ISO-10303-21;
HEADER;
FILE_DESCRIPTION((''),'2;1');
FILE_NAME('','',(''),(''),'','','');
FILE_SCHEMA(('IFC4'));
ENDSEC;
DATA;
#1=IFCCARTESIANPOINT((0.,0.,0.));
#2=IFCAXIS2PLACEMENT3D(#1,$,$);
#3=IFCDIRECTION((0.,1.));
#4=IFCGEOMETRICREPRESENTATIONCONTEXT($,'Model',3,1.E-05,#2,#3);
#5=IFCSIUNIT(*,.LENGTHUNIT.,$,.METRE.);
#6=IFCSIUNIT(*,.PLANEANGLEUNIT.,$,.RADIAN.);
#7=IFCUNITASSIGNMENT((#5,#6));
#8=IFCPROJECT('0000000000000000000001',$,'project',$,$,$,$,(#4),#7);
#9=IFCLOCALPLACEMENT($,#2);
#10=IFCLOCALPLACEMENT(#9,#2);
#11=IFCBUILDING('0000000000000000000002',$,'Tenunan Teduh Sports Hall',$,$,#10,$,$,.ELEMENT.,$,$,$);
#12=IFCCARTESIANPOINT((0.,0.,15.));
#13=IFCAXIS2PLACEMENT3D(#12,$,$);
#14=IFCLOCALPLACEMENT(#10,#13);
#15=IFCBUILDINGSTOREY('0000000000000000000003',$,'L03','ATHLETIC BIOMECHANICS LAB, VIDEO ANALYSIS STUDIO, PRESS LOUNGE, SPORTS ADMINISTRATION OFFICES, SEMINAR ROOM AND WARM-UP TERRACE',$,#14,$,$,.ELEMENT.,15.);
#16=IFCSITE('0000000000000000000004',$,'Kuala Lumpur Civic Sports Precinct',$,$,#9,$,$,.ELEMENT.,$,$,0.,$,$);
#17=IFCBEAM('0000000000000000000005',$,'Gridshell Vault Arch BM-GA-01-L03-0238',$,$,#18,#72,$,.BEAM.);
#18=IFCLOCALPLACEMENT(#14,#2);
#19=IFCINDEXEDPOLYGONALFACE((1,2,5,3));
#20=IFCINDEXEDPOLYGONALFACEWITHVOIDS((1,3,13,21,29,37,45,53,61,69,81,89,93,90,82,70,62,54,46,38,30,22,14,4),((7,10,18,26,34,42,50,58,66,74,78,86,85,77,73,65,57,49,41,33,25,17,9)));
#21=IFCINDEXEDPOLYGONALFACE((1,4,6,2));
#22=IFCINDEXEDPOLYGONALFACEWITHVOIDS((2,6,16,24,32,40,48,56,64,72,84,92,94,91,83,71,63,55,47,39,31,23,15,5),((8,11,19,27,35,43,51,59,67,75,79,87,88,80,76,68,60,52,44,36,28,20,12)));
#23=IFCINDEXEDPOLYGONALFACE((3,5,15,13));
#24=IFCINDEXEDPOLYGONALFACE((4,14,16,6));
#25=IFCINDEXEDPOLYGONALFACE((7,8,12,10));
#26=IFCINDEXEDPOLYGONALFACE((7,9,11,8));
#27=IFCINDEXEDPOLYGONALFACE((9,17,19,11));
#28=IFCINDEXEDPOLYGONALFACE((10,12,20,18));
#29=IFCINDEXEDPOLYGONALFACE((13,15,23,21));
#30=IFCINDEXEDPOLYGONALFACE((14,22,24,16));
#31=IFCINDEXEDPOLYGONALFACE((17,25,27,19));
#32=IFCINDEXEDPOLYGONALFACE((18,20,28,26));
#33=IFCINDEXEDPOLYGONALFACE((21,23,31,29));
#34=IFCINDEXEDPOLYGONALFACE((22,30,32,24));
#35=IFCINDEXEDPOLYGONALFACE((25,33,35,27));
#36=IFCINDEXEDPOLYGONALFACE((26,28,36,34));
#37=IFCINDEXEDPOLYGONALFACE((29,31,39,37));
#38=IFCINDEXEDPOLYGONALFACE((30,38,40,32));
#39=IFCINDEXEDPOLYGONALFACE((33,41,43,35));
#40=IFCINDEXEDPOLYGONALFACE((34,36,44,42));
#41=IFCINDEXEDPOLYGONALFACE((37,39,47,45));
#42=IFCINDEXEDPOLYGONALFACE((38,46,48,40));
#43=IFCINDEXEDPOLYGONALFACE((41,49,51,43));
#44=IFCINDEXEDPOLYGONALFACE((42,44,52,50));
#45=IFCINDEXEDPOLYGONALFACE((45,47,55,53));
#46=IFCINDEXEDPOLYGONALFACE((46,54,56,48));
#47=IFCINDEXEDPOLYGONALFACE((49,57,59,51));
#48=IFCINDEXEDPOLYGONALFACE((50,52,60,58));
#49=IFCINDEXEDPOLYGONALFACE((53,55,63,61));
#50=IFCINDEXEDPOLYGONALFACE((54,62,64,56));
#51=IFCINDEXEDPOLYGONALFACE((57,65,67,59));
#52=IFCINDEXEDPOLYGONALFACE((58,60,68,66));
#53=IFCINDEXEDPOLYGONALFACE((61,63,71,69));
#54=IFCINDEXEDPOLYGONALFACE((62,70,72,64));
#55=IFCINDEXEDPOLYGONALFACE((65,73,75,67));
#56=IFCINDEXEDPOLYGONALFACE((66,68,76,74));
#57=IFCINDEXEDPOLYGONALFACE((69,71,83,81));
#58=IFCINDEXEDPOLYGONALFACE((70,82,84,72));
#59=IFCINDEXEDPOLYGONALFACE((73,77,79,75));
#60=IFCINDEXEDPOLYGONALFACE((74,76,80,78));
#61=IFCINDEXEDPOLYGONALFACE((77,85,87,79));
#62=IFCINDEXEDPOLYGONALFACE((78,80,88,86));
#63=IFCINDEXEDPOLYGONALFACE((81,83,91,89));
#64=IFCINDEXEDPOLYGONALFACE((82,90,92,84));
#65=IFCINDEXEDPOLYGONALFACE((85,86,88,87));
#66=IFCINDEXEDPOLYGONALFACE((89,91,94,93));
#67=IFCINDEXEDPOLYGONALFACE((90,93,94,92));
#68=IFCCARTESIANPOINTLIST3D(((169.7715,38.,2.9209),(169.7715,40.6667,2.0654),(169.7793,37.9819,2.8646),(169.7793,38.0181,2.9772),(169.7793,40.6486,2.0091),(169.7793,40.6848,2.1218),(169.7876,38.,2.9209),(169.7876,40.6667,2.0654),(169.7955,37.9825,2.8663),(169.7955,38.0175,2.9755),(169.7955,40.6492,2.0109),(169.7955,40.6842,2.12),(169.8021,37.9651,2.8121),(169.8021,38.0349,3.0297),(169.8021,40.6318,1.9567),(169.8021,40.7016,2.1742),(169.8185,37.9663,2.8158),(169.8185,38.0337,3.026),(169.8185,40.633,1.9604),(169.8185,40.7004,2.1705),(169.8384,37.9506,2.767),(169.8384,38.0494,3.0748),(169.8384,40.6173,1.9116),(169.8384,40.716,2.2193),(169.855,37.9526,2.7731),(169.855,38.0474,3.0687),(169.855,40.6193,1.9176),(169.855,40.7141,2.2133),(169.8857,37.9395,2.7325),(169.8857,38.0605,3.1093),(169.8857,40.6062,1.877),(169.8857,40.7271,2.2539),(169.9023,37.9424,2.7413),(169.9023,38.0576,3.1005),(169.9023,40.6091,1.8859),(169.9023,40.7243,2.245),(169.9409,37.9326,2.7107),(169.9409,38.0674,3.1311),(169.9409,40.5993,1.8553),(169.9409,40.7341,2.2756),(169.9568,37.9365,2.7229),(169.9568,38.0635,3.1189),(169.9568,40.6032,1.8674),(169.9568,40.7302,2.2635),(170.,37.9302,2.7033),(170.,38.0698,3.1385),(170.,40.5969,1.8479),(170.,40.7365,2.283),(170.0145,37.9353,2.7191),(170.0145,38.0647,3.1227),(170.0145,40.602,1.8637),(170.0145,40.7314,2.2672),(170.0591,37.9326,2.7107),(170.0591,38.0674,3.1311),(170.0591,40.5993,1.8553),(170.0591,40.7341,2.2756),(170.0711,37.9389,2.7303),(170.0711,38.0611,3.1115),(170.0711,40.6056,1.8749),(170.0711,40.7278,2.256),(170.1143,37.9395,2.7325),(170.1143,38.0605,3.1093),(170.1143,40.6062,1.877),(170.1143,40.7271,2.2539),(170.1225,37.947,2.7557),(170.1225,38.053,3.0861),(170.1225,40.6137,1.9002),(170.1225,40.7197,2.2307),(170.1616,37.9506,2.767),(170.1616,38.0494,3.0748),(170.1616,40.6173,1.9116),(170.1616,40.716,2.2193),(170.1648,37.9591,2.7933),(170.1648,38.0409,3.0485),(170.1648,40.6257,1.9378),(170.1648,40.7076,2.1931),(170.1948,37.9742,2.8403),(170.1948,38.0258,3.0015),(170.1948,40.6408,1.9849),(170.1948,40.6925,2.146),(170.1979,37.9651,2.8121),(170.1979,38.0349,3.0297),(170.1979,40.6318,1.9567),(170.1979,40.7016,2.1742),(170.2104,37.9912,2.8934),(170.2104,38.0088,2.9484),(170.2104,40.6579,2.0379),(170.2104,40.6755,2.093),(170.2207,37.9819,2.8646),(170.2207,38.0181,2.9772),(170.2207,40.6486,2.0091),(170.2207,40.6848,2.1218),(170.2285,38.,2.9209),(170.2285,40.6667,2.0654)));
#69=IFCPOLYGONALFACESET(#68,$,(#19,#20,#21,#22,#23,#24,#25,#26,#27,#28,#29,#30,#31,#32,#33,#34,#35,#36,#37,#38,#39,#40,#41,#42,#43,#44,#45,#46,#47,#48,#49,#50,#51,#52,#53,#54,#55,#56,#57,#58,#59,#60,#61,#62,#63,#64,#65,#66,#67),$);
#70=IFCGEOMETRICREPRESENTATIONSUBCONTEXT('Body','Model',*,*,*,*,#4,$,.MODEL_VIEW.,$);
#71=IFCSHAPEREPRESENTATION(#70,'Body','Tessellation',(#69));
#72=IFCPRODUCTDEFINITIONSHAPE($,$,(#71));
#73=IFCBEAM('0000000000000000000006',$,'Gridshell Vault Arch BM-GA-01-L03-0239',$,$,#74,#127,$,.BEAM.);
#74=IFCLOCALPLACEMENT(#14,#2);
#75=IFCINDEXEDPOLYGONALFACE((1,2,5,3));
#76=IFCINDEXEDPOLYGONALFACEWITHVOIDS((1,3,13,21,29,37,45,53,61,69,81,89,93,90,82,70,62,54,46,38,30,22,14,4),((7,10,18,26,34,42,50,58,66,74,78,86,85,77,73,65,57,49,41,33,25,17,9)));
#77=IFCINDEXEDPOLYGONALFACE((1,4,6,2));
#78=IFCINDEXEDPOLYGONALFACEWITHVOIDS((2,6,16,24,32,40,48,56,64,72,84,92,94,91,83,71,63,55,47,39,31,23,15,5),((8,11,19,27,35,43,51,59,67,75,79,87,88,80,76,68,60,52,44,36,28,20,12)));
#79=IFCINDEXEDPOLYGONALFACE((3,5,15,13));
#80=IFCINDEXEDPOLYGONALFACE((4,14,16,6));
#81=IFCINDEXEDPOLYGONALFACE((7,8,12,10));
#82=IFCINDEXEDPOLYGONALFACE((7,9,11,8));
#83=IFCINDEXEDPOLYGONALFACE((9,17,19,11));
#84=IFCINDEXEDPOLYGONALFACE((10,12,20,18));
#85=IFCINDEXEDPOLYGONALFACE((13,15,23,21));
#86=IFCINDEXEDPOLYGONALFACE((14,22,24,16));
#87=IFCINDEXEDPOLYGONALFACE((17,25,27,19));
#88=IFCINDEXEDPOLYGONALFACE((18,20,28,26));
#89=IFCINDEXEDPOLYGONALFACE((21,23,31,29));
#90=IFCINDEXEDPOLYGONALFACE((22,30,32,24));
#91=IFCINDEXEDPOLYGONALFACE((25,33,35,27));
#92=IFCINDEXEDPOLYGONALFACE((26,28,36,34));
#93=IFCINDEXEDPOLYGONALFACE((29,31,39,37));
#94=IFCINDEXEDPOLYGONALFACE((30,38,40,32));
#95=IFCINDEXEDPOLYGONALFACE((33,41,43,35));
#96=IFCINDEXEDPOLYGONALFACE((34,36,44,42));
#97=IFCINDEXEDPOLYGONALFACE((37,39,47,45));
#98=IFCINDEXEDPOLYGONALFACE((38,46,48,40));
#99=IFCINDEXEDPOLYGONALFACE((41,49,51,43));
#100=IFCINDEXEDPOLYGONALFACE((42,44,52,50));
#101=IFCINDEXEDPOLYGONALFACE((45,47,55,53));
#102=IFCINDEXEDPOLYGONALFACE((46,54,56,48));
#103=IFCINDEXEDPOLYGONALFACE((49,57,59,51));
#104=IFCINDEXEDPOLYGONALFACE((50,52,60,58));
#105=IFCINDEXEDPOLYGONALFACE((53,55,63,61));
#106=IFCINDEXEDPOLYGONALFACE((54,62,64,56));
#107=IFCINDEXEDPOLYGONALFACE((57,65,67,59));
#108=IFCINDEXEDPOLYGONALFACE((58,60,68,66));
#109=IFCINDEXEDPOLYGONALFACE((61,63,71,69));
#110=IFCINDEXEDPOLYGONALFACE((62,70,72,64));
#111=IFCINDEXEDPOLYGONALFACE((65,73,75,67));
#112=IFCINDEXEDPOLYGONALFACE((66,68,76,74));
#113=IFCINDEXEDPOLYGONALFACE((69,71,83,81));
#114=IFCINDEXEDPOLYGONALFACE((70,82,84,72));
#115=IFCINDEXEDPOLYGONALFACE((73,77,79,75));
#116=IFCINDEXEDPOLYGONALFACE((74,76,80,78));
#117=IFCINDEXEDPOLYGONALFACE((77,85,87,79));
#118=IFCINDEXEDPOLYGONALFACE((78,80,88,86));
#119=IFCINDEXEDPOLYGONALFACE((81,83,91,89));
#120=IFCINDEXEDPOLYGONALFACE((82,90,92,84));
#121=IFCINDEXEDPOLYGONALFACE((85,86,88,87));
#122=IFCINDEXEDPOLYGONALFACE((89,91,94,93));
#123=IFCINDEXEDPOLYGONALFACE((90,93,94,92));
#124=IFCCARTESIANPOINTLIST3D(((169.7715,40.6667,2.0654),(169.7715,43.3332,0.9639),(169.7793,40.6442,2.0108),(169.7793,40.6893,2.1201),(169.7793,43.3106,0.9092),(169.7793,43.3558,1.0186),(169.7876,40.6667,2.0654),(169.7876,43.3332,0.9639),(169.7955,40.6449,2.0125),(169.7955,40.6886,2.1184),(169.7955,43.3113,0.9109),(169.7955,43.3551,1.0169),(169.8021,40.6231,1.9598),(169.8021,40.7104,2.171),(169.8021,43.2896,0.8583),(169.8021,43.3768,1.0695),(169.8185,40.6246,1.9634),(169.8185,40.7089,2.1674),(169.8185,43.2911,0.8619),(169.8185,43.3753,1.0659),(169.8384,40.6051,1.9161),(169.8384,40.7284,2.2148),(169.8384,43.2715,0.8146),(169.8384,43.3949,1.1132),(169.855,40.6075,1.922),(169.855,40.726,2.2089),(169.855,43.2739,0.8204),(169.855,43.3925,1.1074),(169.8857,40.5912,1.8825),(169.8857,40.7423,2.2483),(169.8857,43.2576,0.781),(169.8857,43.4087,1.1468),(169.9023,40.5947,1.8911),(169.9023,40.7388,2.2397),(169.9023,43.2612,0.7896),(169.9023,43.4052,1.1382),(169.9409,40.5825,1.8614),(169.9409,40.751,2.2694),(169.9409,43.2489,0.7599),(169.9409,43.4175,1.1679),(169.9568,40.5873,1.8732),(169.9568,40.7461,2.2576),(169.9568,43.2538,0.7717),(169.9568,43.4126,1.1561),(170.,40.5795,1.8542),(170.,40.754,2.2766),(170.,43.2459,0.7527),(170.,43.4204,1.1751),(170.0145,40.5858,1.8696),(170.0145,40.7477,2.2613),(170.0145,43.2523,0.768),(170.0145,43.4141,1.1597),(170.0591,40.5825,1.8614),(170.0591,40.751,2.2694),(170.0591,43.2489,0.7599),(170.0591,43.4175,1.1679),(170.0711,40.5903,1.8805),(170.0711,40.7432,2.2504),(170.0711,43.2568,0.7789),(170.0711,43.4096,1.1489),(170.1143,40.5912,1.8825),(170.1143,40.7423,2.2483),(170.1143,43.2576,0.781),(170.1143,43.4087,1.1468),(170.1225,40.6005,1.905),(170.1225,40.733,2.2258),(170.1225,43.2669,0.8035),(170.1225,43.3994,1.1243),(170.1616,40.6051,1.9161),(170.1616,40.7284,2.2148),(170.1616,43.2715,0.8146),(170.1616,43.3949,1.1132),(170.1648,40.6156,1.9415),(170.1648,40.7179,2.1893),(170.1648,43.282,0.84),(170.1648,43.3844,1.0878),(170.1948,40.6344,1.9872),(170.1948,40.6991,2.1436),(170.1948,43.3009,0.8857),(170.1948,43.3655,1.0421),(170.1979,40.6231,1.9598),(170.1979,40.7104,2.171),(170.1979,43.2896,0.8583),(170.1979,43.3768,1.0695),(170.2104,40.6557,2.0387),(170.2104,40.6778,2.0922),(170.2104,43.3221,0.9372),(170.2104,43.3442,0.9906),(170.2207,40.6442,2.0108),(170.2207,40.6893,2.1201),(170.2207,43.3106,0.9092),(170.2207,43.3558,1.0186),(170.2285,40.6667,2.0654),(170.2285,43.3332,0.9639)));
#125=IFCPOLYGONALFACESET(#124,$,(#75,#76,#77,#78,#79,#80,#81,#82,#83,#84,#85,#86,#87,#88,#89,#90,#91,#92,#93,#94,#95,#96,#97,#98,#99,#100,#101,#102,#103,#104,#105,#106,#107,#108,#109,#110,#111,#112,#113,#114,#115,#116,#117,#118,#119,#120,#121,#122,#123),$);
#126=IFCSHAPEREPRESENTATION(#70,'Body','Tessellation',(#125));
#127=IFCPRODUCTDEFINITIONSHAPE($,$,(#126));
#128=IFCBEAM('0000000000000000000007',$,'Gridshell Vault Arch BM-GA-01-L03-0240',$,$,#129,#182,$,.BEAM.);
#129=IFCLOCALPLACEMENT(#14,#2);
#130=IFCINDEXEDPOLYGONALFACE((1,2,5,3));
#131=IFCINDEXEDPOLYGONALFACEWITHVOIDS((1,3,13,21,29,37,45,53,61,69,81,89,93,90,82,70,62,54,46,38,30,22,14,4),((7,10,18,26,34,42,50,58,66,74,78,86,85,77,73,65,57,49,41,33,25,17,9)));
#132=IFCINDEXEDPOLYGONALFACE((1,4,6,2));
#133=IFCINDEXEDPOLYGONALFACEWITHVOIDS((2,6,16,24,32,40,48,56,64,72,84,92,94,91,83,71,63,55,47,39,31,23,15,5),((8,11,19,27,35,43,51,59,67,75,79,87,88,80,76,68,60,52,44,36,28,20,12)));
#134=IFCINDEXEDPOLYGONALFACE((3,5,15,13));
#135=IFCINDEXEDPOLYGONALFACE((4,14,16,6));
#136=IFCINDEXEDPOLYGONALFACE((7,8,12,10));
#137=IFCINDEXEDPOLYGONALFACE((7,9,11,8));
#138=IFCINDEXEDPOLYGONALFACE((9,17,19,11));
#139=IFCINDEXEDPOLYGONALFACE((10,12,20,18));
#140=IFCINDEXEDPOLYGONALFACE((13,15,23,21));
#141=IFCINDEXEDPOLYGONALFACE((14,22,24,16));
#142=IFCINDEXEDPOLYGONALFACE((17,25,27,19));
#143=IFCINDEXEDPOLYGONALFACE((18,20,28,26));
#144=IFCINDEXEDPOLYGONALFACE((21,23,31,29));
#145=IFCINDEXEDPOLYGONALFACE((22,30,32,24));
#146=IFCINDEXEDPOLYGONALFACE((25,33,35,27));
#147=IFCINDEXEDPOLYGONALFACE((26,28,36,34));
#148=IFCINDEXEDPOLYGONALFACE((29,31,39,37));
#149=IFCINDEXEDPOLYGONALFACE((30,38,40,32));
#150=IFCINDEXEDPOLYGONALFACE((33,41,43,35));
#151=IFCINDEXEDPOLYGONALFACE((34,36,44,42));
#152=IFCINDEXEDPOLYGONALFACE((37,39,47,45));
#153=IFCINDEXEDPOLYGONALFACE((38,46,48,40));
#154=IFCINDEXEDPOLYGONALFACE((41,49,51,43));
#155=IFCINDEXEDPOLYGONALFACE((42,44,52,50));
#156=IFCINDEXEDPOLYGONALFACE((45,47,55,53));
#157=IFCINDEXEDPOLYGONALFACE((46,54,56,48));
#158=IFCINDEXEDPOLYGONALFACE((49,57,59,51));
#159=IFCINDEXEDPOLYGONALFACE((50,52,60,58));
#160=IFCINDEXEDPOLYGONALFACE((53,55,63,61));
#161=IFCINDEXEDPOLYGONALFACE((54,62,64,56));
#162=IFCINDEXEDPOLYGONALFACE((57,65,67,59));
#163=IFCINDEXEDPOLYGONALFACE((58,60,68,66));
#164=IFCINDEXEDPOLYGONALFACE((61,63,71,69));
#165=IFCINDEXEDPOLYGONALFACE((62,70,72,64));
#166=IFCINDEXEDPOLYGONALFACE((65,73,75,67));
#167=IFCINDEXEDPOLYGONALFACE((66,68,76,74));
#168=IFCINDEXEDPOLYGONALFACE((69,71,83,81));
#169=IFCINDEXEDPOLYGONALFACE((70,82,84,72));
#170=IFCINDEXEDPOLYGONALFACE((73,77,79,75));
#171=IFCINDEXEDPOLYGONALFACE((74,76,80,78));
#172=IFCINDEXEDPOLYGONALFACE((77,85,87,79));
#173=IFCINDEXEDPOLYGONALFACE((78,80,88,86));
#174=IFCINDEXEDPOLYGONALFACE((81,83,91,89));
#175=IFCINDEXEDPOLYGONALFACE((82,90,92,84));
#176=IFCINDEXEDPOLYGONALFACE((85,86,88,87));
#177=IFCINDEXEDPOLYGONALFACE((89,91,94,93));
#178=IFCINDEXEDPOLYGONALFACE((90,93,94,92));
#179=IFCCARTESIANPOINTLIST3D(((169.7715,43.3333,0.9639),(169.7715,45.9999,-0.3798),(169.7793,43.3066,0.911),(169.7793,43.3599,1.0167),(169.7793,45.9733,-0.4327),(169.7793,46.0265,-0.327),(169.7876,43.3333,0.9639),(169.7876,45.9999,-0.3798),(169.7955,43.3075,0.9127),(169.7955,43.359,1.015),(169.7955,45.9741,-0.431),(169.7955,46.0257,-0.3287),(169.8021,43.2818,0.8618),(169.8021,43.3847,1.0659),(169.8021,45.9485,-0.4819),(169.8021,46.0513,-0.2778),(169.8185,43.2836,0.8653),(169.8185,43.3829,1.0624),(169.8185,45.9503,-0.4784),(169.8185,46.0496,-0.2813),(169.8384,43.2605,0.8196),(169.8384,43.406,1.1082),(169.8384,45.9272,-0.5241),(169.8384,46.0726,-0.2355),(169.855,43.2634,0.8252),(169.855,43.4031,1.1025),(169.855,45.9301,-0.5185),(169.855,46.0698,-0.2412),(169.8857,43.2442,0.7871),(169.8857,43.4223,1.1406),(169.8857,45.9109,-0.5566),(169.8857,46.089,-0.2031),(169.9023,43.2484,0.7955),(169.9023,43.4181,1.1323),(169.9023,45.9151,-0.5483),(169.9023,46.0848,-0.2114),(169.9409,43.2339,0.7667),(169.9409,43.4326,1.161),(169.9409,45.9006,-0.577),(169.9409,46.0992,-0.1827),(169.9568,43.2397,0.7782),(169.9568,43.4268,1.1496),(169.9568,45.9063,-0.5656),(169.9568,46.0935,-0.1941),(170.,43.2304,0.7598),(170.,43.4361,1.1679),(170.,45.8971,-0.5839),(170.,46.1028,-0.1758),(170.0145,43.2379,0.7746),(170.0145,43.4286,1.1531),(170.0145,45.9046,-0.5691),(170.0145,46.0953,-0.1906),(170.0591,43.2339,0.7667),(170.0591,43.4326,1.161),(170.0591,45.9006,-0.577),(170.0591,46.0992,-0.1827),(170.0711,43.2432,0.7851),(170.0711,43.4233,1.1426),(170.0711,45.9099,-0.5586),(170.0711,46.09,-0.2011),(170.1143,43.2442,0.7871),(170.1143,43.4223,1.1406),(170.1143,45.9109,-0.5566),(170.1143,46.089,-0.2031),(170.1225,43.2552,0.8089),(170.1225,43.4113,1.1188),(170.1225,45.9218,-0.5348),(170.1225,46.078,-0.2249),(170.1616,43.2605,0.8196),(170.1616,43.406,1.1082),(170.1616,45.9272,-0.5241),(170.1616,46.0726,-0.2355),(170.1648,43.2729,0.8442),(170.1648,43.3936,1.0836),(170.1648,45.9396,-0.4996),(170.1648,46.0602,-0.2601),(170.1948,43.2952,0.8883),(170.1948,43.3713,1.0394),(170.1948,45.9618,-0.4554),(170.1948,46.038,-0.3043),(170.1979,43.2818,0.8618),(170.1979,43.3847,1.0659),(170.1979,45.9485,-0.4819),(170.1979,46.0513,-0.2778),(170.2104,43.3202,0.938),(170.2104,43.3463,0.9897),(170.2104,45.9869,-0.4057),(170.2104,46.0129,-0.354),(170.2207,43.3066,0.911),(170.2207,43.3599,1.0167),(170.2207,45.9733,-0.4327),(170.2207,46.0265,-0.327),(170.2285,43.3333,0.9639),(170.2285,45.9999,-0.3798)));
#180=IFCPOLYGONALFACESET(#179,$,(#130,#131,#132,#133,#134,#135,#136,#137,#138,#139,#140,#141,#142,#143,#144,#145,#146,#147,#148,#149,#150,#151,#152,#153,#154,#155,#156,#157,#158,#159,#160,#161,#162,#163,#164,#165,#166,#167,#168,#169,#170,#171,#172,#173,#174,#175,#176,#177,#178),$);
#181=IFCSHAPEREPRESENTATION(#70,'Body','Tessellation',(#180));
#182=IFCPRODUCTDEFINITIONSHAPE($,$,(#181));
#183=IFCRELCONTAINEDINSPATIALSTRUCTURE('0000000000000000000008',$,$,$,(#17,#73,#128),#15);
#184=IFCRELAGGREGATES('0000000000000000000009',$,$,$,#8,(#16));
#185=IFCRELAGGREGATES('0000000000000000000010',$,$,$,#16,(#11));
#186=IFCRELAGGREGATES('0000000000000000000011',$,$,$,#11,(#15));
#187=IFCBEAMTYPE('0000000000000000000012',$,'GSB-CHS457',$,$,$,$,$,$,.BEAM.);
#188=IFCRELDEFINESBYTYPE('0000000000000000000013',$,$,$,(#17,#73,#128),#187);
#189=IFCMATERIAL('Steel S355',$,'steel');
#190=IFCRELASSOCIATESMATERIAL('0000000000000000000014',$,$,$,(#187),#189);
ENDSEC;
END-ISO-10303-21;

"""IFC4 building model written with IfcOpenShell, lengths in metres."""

from ifc_helpers import new_model, si_unit, direction, frame, origin, origin_2d, place, context, subcontext, project, spatial, hollow_circle, extrude, material, material_profile, profile_set, type_object, element, save


model = new_model("IFC4")

# Units and contexts
model_context = context("Model", 3, precision=1e-05, world=origin(), true_north=direction((0.0, 1.0)))
body_context = subcontext(model_context, "Body", "Model", "MODEL_VIEW")
ifc_project = project(units=[si_unit("LENGTHUNIT", "METRE"), si_unit("PLANEANGLEUNIT", "RADIAN")], contexts=[model_context])

# Site, building, storey
site_placement = place(None, origin())
site = spatial("IfcSite", under=ifc_project, at=site_placement, Name="Kuala Lumpur Civic Sports Precinct", CompositionType="ELEMENT", RefElevation=0.0)
building_placement = place(site_placement, origin())
building = spatial("IfcBuilding", under=site, at=building_placement, Name="Tenunan Teduh Sports Hall", CompositionType="ELEMENT")
storey_placement = place(building_placement, frame((0.0, 0.0, 15.0)))
storey = spatial("IfcBuildingStorey", under=building, at=storey_placement, Name="L03", Description="ATHLETIC BIOMECHANICS LAB, VIDEO ANALYSIS STUDIO, PRESS LOUNGE, SPORTS ADMINISTRATION OFFICES, SEMINAR ROOM AND WARM-UP TERRACE", CompositionType="ELEMENT", Elevation=15.0)

# Beams
ifc_material_1 = material(Name="Steel S355", Category="steel")
ifc_material_profile_1 = material_profile(ifc_material_1, hollow_circle(Radius=0.2285, WallThickness=0.0161, at=origin_2d()), Name="CHS 457.0x16.0")
ifc_profile_set_1 = profile_set([ifc_material_profile_1], Name="Steel S355")
beam_type_1 = type_object("IfcBeamType", Name="GSB-CHS457", PredefinedType="BEAM", material=ifc_profile_set_1)
beam_1_placement = place(storey_placement, frame((170.0, 38.0, 2.9209), z_axis=(0.0, 0.952205, -0.305459), x_axis=(-1.0, 0.0, 0.0)))
element("IfcBeam", 1, at=beam_1_placement, inside=storey, type_object=beam_type_1, Name="Gridshell Vault Arch BM-GA-01-L03-0238", PredefinedType="BEAM", context=body_context, shape_type="SweptSolid", body=[
    extrude(hollow_circle(Radius=0.2285, WallThickness=0.0161, at=origin_2d()), origin(), (0.0, 0.0, 1.0), 2.8005),
])
beam_2_placement = place(storey_placement, frame((170.0, 40.6667, 2.0654), z_axis=(0.0, 0.924239, -0.381814), x_axis=(-1.0, 0.0, 0.0)))
element("IfcBeam", 2, at=beam_2_placement, inside=storey, type_object=beam_type_1, Name="Gridshell Vault Arch BM-GA-01-L03-0239", PredefinedType="BEAM", context=body_context, shape_type="SweptSolid", body=[
    extrude(hollow_circle(Radius=0.2285, WallThickness=0.0161, at=origin_2d()), origin(), (0.0, 0.0, 1.0), 2.885),
])
beam_3_placement = place(storey_placement, frame((170.0, 43.3333, 0.9639), z_axis=(0.0, 0.893033, -0.449991), x_axis=(-1.0, 0.0, 0.0)))
element("IfcBeam", 3, at=beam_3_placement, inside=storey, type_object=beam_type_1, Name="Gridshell Vault Arch BM-GA-01-L03-0240", PredefinedType="BEAM", context=body_context, shape_type="SweptSolid", body=[
    extrude(hollow_circle(Radius=0.2285, WallThickness=0.0161, at=origin_2d()), origin(), (0.0, 0.0, 1.0), 2.9861),
])

save(model, "model.ifc")
